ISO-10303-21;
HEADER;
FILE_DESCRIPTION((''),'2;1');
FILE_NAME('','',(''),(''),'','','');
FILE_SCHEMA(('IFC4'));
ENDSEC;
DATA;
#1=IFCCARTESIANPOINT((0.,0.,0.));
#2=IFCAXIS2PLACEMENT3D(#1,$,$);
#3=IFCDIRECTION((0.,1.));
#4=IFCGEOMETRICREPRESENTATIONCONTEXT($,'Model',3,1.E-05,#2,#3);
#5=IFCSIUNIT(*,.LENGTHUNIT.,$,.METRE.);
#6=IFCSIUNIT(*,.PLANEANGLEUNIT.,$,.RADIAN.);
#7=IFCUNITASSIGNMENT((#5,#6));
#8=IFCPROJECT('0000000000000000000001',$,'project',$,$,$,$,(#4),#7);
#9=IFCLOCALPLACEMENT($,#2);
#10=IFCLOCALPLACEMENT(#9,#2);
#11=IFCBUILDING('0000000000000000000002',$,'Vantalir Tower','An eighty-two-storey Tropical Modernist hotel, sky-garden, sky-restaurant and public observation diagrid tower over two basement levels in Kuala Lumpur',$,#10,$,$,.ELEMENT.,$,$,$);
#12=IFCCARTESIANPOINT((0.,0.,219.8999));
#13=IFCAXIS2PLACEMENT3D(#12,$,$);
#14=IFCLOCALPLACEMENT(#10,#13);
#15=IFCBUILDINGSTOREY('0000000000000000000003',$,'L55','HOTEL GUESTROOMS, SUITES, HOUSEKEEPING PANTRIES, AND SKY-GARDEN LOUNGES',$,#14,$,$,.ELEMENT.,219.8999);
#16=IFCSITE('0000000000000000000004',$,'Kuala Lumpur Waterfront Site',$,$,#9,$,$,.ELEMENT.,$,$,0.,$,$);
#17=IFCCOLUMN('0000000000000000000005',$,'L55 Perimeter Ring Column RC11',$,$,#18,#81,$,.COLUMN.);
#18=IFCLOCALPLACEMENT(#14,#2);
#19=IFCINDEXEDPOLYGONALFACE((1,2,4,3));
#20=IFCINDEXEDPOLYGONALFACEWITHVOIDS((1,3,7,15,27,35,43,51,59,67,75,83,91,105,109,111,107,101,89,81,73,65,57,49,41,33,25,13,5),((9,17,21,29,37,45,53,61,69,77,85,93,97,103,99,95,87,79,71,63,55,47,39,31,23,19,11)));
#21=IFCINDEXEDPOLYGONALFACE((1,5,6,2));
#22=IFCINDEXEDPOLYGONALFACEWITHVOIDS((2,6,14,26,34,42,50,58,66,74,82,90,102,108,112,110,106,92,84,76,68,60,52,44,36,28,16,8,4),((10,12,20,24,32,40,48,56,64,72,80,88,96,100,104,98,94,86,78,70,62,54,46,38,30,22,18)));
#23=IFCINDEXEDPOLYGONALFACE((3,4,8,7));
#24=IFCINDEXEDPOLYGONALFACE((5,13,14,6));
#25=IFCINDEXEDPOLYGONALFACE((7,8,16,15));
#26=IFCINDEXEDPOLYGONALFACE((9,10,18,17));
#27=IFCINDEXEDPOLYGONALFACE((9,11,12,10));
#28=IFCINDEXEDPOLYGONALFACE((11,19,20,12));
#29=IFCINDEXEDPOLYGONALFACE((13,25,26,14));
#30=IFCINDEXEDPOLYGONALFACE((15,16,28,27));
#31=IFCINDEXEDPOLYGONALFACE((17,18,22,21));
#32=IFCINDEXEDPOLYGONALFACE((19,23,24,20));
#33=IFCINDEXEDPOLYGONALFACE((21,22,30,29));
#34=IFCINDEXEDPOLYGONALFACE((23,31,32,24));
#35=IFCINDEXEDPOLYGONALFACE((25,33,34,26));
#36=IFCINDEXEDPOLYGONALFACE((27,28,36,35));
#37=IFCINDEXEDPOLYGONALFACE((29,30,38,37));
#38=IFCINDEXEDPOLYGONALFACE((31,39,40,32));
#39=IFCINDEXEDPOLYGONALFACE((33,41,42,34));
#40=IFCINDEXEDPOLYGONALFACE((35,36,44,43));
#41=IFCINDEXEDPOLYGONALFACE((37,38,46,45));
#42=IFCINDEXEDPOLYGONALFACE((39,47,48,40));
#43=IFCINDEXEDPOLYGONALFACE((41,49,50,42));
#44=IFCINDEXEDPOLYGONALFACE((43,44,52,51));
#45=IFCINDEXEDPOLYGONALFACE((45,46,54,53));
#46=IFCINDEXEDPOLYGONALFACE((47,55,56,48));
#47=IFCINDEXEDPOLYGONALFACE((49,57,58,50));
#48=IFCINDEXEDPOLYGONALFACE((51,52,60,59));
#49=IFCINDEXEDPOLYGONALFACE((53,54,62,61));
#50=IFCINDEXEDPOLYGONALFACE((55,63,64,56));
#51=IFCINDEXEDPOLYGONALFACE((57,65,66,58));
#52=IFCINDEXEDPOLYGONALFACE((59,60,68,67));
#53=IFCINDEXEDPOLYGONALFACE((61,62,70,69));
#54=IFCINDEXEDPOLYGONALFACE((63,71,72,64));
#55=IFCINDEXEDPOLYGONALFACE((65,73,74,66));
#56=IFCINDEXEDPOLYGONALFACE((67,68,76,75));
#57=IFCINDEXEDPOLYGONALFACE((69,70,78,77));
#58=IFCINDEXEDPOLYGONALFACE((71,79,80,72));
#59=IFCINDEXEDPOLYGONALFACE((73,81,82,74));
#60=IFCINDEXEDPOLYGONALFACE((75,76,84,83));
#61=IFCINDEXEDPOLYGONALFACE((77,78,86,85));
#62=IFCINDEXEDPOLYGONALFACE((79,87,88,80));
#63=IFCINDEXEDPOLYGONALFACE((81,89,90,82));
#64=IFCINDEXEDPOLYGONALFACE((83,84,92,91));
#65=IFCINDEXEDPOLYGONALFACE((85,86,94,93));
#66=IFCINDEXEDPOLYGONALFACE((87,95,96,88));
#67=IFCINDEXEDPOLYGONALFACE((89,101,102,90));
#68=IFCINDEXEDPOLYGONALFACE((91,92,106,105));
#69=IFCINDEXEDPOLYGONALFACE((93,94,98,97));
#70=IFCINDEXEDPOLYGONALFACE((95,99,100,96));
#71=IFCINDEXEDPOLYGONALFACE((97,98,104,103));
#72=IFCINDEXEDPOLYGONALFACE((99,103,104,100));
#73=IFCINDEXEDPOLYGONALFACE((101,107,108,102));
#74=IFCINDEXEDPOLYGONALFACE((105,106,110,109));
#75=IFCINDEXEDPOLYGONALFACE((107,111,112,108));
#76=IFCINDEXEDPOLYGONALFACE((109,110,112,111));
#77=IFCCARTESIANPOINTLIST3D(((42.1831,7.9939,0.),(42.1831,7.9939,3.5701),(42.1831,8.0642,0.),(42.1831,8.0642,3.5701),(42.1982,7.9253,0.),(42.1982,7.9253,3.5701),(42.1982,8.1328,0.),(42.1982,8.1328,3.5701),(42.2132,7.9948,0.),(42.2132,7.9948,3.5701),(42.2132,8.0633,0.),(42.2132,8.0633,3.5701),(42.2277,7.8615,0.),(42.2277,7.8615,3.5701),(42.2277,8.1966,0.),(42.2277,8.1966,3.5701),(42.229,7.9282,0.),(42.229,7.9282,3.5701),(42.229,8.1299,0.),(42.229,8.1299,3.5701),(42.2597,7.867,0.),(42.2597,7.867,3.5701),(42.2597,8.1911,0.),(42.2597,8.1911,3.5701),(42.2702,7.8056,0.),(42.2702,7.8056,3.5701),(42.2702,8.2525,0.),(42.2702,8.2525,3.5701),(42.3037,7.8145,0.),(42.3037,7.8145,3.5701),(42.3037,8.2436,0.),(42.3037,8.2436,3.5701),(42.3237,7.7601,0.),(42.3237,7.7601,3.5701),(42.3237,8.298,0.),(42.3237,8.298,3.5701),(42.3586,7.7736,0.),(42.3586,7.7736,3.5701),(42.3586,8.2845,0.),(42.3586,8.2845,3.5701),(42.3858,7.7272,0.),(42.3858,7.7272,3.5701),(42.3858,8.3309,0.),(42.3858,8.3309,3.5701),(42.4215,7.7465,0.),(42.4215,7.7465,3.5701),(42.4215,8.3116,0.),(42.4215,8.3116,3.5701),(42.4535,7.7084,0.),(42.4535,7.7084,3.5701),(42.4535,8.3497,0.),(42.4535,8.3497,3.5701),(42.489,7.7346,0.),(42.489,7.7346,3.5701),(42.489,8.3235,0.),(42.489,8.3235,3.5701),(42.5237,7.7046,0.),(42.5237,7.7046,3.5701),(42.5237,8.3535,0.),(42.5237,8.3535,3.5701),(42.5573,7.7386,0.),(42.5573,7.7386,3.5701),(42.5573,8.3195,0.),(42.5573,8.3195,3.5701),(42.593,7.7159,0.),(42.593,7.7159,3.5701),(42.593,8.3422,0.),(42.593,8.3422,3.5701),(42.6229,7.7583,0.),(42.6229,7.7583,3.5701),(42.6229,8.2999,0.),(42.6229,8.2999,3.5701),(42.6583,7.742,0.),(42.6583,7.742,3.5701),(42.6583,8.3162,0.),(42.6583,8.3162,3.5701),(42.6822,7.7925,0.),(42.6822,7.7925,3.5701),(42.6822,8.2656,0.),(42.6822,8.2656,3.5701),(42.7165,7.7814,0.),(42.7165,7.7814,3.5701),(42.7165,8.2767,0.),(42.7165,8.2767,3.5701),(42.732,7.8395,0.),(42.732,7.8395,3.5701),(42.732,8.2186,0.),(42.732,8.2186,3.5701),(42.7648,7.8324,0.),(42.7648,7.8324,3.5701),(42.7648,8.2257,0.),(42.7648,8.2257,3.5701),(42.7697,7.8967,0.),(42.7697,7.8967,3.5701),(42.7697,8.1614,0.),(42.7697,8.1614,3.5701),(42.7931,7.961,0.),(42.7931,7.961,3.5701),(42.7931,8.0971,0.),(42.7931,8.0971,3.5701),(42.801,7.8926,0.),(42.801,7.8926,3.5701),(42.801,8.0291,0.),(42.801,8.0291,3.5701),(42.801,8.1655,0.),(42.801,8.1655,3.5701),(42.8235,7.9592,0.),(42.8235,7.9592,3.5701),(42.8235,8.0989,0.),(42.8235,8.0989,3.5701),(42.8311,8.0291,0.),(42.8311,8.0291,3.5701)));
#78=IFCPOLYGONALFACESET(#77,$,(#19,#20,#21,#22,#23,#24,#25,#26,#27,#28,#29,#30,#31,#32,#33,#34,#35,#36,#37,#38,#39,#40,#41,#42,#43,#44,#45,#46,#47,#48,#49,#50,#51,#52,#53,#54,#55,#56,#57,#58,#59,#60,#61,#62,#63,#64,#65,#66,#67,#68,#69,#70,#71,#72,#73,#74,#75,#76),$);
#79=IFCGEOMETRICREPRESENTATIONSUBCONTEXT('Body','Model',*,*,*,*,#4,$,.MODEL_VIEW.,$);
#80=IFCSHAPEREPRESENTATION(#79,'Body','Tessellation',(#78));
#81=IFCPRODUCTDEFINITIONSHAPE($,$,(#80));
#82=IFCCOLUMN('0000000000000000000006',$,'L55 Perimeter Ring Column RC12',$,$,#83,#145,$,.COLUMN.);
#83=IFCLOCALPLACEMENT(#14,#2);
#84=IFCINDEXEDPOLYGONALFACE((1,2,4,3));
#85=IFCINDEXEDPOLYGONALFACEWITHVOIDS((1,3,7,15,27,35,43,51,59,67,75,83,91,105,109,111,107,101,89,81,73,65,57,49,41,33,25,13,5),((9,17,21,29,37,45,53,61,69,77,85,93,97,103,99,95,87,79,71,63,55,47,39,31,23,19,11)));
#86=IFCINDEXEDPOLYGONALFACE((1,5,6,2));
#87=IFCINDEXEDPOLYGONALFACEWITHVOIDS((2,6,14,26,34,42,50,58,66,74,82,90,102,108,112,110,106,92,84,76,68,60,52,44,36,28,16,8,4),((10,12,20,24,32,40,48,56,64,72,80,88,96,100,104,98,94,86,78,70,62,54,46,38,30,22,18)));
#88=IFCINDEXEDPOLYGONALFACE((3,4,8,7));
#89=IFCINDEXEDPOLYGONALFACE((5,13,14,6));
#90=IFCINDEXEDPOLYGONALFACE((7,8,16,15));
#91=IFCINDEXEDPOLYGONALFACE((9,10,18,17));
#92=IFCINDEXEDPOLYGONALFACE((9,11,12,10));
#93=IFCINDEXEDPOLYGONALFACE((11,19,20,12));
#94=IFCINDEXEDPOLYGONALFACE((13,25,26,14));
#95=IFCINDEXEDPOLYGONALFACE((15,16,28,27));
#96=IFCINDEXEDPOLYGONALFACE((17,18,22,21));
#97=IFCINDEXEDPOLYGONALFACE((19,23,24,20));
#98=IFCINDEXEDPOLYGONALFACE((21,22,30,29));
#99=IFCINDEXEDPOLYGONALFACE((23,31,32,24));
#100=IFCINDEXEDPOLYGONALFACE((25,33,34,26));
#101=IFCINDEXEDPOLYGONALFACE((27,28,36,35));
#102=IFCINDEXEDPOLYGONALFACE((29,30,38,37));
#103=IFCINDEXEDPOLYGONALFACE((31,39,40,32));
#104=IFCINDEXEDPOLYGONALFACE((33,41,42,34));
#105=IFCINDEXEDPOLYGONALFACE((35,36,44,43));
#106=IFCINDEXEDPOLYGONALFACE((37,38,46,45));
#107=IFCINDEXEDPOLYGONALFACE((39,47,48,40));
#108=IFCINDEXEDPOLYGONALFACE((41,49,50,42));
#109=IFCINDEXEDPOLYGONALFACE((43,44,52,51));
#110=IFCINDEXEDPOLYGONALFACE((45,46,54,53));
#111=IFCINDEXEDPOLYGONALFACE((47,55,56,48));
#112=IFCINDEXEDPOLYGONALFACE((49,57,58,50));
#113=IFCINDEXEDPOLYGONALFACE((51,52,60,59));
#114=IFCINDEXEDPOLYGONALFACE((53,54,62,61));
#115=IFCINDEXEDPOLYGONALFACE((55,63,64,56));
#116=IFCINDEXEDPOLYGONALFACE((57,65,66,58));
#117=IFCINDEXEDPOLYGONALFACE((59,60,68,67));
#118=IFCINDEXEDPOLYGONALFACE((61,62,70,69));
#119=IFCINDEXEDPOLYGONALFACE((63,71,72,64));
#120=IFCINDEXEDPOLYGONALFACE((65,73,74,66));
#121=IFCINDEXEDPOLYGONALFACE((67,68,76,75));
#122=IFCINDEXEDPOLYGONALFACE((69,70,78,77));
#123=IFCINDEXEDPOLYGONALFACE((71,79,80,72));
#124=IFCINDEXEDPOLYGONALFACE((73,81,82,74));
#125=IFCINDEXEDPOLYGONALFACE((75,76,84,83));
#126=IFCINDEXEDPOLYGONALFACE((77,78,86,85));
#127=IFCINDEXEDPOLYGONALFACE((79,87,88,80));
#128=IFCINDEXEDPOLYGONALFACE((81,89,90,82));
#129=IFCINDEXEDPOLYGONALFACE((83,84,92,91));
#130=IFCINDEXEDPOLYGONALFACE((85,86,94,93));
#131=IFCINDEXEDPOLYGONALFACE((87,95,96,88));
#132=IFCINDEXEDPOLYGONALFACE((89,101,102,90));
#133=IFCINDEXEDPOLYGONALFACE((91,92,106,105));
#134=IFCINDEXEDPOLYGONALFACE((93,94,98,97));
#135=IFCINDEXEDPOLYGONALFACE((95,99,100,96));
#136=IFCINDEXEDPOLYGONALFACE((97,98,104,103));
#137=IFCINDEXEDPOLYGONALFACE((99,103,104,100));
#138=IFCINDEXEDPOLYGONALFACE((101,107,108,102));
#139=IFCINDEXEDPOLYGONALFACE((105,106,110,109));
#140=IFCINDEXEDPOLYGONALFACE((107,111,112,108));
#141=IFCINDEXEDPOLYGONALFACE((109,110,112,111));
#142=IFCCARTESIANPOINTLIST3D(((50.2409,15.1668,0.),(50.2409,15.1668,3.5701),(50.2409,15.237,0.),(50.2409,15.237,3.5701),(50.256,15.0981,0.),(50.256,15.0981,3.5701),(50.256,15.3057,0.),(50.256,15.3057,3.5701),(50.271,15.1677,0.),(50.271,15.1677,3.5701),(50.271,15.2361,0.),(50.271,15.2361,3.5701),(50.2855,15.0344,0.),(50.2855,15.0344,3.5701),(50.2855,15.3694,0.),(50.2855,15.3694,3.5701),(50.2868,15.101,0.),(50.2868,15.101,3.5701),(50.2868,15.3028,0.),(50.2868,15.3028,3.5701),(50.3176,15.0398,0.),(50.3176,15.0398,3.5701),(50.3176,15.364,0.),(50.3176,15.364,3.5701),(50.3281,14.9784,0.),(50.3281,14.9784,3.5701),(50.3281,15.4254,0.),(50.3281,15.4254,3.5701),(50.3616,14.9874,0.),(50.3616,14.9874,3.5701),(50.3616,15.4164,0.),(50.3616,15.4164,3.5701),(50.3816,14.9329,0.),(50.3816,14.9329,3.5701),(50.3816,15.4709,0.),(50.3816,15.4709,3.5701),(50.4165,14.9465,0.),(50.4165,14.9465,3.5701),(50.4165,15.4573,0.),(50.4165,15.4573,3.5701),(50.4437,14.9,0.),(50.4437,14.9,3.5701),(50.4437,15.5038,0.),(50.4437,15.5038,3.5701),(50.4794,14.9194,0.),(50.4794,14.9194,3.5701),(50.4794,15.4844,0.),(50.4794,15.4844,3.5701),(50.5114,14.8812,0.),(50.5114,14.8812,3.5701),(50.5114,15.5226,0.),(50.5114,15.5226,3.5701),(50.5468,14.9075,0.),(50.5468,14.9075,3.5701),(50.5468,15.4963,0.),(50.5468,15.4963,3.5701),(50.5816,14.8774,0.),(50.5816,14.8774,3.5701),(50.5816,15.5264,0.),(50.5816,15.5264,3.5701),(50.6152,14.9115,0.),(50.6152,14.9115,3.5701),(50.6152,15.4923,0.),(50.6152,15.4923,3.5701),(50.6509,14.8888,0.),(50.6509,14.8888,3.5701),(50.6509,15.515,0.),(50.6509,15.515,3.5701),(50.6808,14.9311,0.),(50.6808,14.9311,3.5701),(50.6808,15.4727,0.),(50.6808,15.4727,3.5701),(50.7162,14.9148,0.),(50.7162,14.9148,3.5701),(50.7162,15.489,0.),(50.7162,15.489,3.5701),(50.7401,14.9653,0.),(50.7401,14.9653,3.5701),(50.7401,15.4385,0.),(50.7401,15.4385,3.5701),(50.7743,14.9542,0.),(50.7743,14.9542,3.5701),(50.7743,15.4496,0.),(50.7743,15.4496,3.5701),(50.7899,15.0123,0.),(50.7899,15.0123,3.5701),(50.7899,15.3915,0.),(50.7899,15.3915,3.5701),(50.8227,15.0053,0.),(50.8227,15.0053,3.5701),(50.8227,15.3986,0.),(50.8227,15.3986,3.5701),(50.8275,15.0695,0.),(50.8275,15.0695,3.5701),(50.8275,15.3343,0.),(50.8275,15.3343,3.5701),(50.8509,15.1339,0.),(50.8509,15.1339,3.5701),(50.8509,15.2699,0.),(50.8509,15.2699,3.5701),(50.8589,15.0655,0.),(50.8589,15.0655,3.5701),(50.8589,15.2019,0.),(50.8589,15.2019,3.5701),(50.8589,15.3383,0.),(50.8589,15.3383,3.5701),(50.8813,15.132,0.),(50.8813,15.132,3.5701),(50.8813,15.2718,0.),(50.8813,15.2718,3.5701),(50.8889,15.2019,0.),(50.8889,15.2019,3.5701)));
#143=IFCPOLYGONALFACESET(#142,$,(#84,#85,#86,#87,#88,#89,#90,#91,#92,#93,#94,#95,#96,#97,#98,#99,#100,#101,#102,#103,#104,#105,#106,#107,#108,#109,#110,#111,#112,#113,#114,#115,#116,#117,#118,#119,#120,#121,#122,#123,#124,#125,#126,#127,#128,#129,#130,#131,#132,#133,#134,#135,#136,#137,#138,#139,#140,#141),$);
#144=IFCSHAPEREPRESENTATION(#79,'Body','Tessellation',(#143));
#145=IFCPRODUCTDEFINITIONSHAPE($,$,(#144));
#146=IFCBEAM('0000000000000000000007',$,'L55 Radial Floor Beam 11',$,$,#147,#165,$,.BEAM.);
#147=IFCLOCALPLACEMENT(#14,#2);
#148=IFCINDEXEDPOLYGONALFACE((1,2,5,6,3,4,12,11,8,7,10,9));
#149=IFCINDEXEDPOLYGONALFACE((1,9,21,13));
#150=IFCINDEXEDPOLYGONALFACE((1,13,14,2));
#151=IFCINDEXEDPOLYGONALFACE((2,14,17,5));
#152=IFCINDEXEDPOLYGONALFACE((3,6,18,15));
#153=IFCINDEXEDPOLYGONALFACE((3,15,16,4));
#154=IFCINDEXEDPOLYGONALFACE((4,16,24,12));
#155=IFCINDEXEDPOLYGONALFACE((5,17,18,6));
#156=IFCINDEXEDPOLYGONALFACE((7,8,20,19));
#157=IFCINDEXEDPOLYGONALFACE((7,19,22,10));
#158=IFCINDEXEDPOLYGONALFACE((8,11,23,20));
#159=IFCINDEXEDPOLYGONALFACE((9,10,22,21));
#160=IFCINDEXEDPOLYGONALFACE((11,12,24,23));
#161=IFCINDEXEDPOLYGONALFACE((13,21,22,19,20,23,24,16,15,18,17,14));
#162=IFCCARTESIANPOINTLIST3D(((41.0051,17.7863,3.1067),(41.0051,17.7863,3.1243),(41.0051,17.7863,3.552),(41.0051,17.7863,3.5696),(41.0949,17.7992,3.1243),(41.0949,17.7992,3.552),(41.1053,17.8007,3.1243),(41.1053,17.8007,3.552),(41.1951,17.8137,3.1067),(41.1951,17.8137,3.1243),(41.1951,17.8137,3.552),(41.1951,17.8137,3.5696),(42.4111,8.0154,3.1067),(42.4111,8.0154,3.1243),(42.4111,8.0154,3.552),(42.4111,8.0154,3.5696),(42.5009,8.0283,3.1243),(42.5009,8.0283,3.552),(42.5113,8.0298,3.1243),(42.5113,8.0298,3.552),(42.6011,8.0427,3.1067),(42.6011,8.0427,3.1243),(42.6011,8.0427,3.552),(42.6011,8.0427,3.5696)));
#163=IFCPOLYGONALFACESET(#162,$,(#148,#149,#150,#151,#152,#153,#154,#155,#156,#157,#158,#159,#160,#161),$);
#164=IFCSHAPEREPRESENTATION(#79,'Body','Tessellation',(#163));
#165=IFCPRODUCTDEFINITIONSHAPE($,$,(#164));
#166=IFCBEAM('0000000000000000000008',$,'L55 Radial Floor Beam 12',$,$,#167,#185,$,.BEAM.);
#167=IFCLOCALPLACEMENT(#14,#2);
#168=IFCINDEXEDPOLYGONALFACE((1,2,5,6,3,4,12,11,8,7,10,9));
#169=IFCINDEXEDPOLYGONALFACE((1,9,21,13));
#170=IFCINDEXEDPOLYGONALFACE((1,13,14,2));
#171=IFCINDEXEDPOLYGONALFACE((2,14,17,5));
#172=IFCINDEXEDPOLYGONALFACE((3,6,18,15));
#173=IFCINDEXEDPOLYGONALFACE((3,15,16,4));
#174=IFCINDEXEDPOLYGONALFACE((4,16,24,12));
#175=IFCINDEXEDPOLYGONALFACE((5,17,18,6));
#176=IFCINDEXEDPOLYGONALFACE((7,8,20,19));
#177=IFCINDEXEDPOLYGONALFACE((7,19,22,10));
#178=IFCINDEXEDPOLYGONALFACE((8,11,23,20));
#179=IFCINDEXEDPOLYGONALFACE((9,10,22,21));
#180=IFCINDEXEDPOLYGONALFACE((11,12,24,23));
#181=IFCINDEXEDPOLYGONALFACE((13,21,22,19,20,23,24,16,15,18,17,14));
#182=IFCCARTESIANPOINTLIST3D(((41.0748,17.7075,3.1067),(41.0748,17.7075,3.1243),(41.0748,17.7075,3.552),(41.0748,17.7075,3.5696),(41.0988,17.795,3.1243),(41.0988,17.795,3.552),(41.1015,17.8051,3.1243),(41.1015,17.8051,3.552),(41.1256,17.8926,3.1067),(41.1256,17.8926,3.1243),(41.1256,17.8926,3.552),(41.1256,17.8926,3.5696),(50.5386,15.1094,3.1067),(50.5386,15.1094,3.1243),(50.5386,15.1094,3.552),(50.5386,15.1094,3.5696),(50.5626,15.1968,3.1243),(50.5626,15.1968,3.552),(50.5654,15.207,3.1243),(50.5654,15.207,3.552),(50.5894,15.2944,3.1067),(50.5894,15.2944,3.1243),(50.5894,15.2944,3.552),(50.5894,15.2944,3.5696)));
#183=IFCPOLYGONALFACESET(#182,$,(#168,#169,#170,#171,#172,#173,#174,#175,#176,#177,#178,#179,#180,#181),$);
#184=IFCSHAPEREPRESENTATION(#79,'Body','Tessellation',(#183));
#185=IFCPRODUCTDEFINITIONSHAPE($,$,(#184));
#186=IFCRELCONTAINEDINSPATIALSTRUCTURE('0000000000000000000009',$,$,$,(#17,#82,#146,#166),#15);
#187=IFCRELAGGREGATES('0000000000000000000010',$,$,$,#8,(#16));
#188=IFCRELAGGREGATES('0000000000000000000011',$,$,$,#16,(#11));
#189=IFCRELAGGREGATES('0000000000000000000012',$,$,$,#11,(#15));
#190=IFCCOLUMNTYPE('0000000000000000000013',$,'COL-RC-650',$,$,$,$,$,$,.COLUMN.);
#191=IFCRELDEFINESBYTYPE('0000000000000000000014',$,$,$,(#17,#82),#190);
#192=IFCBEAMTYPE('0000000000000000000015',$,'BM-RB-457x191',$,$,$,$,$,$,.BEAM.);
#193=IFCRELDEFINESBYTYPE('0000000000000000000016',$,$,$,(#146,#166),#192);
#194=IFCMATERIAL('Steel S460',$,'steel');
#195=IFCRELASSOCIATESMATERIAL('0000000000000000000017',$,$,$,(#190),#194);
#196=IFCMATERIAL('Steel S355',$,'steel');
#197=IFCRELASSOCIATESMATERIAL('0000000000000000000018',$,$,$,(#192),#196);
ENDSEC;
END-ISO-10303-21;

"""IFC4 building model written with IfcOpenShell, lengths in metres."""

from ifc_helpers import new_model, si_unit, direction, frame, origin, origin_2d, place, context, subcontext, project, spatial, hollow_circle, i_section, extrude, material, material_profile, profile_set, type_object, element, save


model = new_model("IFC4")

# Units and contexts
model_context = context("Model", 3, precision=1e-05, world=origin(), true_north=direction((0.0, 1.0)))
body_context = subcontext(model_context, "Body", "Model", "MODEL_VIEW")
ifc_project = project(units=[si_unit("LENGTHUNIT", "METRE"), si_unit("PLANEANGLEUNIT", "RADIAN")], contexts=[model_context])

# Site, building, storey
site_placement = place(None, origin())
site = spatial("IfcSite", under=ifc_project, at=site_placement, Name="Kuala Lumpur Waterfront Site", CompositionType="ELEMENT", RefElevation=0.0)
building_placement = place(site_placement, origin())
building = spatial("IfcBuilding", under=site, at=building_placement, Name="Vantalir Tower", Description="An eighty-two-storey Tropical Modernist hotel, sky-garden, sky-restaurant and public observation diagrid tower over two basement levels in Kuala Lumpur", CompositionType="ELEMENT")
storey_placement = place(building_placement, frame((0.0, 0.0, 219.8999)))
storey = spatial("IfcBuildingStorey", under=building, at=storey_placement, Name="L55", Description="HOTEL GUESTROOMS, SUITES, HOUSEKEEPING PANTRIES, AND SKY-GARDEN LOUNGES", CompositionType="ELEMENT", Elevation=219.8999)

# Columns
ifc_material_1 = material(Name="Steel S460", Category="steel")
ifc_material_profile_1 = material_profile(ifc_material_1, hollow_circle(Radius=0.325, WallThickness=0.03, at=origin_2d()), Name="Steel S460")
ifc_profile_set_1 = profile_set([ifc_material_profile_1], Name="Steel S460")
column_type = type_object("IfcColumnType", Name="COL-RC-650", PredefinedType="COLUMN", material=ifc_profile_set_1)
for number, where, z_axis, x_axis, name in (
    (1, (42.5061, 8.0291, 0.0), (0.0, 0.0, 1.0), (1.0, 0.0, 0.0), "L55 Perimeter Ring Column RC11"),
    (2, (50.564, 15.2019, 0.0), (0.0, 0.0, 1.0), (1.0, 0.0, 0.0), "L55 Perimeter Ring Column RC12"),
):
    element("IfcColumn", number, at=place(storey_placement, frame(where, z_axis=z_axis, x_axis=x_axis)), inside=storey, type_object=column_type, Name=name, PredefinedType="COLUMN", context=body_context, shape_type="SweptSolid", body=[
        extrude(hollow_circle(Radius=0.325, WallThickness=0.03, at=origin_2d()), origin(), (0.0, 0.0, 1.0), 3.5701),
    ])

# Beams
ifc_material_2 = material(Name="Steel S355", Category="steel")
ifc_material_profile_2 = material_profile(ifc_material_2, i_section(OverallWidth=0.1919, OverallDepth=0.4629, WebThickness=0.0105, FlangeThickness=0.0176, at=origin_2d()), Name="Steel S355")
ifc_profile_set_2 = profile_set([ifc_material_profile_2], Name="Steel S355")
beam_type_1 = type_object("IfcBeamType", Name="BM-RB-457x191", PredefinedType="BEAM", material=ifc_profile_set_2)
beam_1_placement = place(storey_placement, frame((42.5061, 8.0291, 3.3381), z_axis=(-0.142429, 0.989805, 0.0), x_axis=(-0.989805, -0.142429, 0.0)))
element("IfcBeam", 3, at=beam_1_placement, inside=storey, type_object=beam_type_1, Name="L55 Radial Floor Beam 11", PredefinedType="BEAM", context=body_context, shape_type="SweptSolid", body=[
    extrude(i_section(OverallWidth=0.1919, OverallDepth=0.4629, WebThickness=0.0105, FlangeThickness=0.0176, at=origin_2d()), origin(), (0.0, 0.0, 1.0), 9.8716),
])
beam_2_placement = place(storey_placement, frame((50.564, 15.2019, 3.3381), z_axis=(-0.96432, 0.264738, 0.0), x_axis=(-0.264738, -0.96432, 0.0)))
element("IfcBeam", 4, at=beam_2_placement, inside=storey, type_object=beam_type_1, Name="L55 Radial Floor Beam 12", PredefinedType="BEAM", context=body_context, shape_type="SweptSolid", body=[
    extrude(i_section(OverallWidth=0.1919, OverallDepth=0.4629, WebThickness=0.0105, FlangeThickness=0.0176, at=origin_2d()), origin(), (0.0, 0.0, 1.0), 9.814),
])

save(model, "model.ifc")
